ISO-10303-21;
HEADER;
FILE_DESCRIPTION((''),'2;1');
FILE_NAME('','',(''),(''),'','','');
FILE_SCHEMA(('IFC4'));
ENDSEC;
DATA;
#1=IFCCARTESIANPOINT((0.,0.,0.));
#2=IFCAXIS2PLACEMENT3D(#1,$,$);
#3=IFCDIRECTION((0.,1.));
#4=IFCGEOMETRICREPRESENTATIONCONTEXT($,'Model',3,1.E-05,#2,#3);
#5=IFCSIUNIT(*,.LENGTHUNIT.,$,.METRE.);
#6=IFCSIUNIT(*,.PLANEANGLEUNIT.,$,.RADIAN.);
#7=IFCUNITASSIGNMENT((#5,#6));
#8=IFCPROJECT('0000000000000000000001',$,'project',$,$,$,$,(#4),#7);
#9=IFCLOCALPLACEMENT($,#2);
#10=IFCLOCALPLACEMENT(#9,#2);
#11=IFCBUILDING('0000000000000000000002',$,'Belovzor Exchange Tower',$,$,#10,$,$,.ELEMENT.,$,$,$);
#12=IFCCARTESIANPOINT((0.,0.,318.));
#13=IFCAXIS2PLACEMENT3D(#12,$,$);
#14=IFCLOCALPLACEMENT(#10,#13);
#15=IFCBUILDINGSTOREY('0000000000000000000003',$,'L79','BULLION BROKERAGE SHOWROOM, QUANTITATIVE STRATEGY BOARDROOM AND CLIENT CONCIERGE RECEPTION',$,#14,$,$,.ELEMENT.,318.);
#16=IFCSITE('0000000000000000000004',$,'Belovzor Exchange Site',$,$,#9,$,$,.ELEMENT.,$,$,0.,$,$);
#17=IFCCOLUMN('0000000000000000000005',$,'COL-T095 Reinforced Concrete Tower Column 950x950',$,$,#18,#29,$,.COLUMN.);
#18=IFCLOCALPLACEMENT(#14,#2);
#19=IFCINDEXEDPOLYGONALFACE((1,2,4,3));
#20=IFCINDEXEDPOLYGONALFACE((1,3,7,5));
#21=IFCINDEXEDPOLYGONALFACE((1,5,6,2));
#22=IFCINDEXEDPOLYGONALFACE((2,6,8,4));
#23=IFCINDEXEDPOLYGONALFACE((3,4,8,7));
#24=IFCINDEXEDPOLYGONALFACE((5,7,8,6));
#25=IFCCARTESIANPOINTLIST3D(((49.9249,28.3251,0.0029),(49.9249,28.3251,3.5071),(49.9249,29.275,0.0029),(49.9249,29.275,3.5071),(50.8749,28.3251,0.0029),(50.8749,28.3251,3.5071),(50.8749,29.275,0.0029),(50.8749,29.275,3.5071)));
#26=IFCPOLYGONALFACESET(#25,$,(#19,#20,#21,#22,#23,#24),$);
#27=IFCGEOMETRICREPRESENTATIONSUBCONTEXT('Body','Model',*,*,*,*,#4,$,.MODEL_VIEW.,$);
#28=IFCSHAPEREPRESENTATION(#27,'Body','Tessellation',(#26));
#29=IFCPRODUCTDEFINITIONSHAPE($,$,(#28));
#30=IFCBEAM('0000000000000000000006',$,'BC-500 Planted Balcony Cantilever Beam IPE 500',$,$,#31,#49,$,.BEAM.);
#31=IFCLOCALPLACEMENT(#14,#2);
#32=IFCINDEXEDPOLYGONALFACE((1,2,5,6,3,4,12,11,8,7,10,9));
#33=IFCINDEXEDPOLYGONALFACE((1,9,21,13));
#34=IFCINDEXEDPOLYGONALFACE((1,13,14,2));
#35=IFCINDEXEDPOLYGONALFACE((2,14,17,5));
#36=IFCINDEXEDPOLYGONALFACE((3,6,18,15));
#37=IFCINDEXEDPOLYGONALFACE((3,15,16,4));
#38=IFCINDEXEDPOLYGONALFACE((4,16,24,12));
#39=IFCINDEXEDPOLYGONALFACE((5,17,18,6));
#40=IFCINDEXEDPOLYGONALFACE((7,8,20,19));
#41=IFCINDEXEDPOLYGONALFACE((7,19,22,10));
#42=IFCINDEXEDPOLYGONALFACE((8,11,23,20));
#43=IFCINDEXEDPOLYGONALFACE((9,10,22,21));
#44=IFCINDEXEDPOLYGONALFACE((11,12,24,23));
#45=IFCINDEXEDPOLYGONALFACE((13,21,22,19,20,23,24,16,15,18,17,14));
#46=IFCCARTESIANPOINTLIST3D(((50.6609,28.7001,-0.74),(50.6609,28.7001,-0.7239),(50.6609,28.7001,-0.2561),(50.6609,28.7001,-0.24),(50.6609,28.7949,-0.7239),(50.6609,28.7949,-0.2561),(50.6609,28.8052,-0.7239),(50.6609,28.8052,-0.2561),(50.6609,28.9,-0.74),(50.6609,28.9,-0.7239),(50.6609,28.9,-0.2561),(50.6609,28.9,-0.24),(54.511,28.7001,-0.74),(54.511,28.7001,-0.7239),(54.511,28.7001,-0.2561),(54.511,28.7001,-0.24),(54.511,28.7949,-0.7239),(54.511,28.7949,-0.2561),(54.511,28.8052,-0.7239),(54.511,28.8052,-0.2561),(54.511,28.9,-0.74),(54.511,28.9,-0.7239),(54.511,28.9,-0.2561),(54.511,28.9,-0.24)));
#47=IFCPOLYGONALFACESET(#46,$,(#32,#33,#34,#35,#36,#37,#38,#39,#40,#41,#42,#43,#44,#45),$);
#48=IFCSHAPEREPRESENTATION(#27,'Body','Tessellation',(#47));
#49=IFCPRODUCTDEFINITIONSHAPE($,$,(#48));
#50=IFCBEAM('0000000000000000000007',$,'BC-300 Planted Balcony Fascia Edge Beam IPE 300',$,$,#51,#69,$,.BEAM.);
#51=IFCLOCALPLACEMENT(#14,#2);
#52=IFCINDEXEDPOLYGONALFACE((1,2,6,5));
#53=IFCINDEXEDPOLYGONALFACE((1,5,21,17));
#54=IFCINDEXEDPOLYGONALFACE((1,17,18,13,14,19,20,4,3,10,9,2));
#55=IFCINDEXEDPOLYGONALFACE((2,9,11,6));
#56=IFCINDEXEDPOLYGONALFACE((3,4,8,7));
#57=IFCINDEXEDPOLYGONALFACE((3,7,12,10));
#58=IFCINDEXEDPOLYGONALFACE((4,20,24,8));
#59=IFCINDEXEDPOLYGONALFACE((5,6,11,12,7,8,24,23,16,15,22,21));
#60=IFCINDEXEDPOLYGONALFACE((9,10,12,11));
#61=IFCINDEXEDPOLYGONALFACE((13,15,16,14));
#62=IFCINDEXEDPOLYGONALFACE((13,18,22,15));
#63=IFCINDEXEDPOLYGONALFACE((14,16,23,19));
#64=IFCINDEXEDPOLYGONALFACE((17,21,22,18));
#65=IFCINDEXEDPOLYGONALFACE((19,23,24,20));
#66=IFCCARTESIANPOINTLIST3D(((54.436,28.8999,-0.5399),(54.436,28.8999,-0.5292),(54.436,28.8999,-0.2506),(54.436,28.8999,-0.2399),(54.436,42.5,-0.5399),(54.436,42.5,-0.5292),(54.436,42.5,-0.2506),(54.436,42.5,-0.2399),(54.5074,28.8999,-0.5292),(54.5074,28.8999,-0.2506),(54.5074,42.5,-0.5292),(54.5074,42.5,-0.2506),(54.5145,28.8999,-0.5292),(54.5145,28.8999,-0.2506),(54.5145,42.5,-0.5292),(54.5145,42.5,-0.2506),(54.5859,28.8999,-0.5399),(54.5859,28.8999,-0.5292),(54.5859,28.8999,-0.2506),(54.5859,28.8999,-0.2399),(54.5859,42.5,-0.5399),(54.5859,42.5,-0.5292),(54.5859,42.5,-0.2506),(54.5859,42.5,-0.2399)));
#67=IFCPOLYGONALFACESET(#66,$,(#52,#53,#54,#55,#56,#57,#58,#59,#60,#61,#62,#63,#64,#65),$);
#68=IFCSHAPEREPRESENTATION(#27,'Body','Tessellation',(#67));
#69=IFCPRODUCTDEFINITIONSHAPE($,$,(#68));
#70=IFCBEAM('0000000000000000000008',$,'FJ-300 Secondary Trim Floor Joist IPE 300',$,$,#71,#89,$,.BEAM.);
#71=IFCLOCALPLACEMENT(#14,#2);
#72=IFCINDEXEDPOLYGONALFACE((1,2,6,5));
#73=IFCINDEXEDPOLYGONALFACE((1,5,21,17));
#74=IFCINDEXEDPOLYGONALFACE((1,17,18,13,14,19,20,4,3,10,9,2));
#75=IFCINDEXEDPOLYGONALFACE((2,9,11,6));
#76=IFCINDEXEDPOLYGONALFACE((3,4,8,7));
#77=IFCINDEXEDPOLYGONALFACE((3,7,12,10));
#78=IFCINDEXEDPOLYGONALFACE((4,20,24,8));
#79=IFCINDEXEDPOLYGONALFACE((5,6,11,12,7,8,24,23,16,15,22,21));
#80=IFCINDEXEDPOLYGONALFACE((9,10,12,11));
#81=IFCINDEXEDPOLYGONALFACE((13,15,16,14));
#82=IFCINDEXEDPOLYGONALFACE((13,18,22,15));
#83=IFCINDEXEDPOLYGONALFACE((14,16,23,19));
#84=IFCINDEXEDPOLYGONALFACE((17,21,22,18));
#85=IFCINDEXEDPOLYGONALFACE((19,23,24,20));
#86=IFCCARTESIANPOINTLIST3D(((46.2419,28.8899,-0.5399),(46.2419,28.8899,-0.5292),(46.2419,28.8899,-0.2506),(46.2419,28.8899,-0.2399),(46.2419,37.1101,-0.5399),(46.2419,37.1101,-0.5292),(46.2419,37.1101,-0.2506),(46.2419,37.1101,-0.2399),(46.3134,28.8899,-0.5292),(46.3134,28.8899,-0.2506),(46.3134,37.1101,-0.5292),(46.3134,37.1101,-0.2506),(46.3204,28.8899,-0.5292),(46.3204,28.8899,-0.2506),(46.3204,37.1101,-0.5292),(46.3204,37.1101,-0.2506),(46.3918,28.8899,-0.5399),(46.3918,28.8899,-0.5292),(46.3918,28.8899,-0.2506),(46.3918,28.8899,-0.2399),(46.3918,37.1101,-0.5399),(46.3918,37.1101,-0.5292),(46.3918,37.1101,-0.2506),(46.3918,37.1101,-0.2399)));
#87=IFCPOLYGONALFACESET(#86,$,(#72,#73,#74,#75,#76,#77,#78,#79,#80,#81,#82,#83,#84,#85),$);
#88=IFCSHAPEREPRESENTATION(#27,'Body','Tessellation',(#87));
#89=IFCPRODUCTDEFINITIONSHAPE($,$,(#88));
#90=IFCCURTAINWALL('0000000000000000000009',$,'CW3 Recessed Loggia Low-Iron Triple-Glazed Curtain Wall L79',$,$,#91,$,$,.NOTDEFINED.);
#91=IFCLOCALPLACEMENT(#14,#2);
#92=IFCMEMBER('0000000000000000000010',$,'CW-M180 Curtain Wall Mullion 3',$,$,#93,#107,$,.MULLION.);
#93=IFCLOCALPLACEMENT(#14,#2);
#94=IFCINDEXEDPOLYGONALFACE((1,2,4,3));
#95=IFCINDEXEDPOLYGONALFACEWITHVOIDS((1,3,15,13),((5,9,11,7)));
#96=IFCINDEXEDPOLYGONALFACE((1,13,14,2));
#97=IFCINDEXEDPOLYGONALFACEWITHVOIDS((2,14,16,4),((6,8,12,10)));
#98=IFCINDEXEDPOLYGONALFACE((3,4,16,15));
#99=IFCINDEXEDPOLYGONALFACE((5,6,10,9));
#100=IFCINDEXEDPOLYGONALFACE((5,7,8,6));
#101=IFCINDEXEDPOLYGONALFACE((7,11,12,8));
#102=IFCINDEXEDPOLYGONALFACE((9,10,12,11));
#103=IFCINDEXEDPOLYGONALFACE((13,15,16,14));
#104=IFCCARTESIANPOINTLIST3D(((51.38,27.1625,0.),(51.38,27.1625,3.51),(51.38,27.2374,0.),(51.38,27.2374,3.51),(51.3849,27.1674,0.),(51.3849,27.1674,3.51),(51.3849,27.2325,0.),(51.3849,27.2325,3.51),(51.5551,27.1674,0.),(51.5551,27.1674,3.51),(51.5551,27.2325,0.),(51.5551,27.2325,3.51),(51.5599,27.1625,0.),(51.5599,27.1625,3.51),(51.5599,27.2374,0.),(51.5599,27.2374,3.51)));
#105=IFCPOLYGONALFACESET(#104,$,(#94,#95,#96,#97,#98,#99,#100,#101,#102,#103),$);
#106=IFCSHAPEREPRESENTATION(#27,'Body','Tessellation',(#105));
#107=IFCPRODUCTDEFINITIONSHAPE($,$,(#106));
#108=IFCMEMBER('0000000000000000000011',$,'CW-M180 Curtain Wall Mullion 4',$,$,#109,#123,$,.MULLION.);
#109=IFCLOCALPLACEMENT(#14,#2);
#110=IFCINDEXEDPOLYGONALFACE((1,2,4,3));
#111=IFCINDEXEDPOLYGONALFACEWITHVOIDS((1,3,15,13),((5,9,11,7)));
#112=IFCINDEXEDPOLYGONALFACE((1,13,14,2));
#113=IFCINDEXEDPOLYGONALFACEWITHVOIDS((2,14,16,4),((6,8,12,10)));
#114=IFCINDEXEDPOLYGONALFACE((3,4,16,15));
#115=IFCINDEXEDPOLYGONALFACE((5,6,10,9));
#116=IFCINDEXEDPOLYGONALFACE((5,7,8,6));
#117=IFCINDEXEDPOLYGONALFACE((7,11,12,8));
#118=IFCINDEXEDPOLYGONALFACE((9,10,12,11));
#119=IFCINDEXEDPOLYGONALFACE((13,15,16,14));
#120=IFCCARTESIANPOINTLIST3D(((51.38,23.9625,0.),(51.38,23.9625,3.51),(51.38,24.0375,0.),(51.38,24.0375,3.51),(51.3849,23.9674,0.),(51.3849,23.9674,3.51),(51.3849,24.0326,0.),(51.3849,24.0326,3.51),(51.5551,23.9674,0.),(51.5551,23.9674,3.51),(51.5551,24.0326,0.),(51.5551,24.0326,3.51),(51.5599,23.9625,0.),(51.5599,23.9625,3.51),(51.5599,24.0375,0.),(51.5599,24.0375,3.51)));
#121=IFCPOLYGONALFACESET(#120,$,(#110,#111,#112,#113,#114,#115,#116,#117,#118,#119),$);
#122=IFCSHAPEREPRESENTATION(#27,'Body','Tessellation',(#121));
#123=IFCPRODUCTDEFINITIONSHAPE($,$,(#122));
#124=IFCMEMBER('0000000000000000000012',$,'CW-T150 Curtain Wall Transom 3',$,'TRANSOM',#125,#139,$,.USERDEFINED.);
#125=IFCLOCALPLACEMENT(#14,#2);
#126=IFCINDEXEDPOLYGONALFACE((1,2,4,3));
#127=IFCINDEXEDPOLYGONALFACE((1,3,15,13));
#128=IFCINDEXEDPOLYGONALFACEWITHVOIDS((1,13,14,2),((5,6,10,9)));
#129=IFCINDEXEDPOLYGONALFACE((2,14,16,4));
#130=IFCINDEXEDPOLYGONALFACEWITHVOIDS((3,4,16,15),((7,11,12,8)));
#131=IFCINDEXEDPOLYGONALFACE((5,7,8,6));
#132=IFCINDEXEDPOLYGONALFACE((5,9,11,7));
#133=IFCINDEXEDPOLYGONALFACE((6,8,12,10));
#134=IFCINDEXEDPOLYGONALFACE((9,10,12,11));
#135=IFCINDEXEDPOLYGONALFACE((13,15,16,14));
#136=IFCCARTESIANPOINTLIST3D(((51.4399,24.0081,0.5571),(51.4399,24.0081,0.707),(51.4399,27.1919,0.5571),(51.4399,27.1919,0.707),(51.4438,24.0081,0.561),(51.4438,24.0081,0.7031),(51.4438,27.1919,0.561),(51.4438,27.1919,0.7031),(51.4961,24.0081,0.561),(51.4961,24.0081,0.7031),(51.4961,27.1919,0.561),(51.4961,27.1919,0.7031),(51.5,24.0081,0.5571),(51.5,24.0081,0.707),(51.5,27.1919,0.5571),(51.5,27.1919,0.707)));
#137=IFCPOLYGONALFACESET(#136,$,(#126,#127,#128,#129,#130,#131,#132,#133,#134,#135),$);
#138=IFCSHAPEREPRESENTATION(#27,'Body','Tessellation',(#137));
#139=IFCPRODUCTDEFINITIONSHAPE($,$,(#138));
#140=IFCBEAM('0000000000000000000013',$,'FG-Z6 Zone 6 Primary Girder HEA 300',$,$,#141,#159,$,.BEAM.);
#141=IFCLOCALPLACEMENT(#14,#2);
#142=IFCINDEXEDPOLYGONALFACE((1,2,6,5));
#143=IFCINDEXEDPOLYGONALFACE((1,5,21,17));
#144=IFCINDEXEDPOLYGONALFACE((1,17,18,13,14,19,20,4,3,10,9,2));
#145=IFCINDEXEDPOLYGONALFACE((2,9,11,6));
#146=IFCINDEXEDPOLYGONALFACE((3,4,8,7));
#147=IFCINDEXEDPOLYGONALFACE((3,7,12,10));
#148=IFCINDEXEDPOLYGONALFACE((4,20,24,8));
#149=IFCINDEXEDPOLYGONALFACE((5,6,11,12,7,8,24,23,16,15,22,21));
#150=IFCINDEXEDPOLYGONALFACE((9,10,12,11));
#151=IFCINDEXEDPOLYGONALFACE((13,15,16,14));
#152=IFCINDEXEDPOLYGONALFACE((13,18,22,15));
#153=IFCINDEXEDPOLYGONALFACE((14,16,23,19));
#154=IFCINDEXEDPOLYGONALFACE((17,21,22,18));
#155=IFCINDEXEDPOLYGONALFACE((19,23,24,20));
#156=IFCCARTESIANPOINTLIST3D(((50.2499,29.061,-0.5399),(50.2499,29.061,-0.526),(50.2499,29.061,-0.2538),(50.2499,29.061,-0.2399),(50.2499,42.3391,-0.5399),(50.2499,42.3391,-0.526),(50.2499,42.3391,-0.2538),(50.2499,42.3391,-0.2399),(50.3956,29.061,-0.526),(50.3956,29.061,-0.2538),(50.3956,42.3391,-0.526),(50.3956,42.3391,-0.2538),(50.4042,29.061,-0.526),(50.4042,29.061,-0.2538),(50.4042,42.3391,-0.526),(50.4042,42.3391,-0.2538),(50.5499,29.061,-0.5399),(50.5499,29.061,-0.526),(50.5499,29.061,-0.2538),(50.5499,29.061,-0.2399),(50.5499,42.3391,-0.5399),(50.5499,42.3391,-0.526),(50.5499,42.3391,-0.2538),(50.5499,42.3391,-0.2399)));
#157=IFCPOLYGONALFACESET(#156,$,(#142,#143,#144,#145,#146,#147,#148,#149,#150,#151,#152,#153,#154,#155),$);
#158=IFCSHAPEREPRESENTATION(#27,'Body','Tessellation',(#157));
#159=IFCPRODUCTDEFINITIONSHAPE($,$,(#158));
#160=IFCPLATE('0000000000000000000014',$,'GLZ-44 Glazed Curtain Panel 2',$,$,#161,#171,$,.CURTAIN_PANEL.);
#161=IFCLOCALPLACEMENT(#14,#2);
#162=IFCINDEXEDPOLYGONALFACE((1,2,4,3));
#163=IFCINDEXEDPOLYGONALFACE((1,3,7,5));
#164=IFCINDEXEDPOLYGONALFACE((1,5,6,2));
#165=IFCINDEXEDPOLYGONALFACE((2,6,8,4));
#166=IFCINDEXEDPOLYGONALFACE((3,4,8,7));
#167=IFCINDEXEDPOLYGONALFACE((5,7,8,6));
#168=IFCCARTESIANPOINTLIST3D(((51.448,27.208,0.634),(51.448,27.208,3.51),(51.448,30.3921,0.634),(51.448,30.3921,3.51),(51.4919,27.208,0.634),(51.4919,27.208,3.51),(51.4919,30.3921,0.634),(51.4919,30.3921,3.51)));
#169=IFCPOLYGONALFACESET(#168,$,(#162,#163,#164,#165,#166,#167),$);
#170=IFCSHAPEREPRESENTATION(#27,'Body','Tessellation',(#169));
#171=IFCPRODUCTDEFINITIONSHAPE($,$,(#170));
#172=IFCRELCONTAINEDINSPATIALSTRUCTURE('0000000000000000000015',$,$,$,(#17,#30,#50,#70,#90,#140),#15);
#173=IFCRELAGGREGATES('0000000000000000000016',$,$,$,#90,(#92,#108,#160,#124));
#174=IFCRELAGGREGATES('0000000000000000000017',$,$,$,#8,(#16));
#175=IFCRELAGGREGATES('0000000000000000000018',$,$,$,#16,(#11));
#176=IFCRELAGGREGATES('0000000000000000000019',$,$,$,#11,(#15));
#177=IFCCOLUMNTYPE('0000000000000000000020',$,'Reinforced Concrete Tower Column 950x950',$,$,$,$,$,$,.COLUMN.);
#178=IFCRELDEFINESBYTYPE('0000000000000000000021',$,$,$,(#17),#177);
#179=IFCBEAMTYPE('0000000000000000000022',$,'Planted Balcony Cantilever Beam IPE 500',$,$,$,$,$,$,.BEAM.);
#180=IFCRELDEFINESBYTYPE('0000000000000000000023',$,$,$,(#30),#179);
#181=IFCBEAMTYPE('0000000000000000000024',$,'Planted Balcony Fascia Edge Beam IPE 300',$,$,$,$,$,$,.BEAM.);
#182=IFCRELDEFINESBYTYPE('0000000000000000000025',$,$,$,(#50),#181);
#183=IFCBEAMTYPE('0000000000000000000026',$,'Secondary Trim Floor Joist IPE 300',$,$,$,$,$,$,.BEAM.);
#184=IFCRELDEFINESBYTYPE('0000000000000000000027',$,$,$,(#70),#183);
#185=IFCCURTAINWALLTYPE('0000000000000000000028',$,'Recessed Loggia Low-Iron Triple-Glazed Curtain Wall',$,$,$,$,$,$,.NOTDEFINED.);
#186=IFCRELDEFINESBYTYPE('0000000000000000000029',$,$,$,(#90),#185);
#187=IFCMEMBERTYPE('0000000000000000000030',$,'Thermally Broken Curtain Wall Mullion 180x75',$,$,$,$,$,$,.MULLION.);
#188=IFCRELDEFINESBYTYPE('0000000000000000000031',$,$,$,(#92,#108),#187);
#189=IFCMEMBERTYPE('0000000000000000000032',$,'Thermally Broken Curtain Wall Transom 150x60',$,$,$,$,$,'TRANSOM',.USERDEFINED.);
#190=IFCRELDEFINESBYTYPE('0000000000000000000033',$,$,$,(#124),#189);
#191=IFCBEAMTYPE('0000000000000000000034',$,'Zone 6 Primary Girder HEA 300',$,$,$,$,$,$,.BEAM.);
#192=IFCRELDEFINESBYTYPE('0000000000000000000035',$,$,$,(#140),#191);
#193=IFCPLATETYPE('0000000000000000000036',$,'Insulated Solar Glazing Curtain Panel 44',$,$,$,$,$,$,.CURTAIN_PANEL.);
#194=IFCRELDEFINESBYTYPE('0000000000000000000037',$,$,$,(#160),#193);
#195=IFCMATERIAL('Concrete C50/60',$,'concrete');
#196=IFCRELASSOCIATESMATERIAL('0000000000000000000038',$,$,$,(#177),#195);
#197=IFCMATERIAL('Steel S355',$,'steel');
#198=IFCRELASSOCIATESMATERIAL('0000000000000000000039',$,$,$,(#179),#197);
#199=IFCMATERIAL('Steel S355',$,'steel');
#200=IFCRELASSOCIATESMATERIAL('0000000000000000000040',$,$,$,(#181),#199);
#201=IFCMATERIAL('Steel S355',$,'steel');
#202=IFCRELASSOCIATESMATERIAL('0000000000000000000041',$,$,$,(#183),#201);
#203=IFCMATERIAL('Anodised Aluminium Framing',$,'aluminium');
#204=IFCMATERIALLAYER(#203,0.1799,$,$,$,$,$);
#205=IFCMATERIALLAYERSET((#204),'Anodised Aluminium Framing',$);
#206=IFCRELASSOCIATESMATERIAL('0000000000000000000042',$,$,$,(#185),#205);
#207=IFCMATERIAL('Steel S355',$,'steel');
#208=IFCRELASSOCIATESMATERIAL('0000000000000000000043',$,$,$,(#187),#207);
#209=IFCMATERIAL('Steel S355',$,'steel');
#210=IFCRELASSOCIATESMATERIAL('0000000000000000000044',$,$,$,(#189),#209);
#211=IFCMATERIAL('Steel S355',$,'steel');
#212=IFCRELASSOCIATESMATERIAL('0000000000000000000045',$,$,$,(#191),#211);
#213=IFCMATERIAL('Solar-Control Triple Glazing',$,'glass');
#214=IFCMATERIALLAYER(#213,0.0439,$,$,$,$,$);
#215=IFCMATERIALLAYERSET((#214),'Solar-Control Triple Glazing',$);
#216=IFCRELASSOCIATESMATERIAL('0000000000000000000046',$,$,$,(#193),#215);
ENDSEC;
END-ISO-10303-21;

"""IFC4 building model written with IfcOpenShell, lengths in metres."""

from ifc_helpers import new_model, si_unit, direction, frame, origin, origin_2d, place, context, subcontext, project, spatial, rectangle, hollow_rectangle, i_section, extrude, material, layer, layer_set, material_profile, profile_set, type_object, element, aggregate, save


model = new_model("IFC4")

# Units and contexts
model_context = context("Model", 3, precision=1e-05, world=origin(), true_north=direction((0.0, 1.0)))
body_context = subcontext(model_context, "Body", "Model", "MODEL_VIEW")
ifc_project = project(units=[si_unit("LENGTHUNIT", "METRE"), si_unit("PLANEANGLEUNIT", "RADIAN")], contexts=[model_context])

# Site, building, storey
site_placement = place(None, origin())
site = spatial("IfcSite", under=ifc_project, at=site_placement, Name="Belovzor Exchange Site", CompositionType="ELEMENT", RefElevation=0.0)
building_placement = place(site_placement, origin())
building = spatial("IfcBuilding", under=site, at=building_placement, Name="Belovzor Exchange Tower", CompositionType="ELEMENT")
storey_placement = place(building_placement, frame((0.0, 0.0, 318.0)))
storey = spatial("IfcBuildingStorey", under=building, at=storey_placement, Name="L79", Description="BULLION BROKERAGE SHOWROOM, QUANTITATIVE STRATEGY BOARDROOM AND CLIENT CONCIERGE RECEPTION", CompositionType="ELEMENT", Elevation=318.0)

# Column
ifc_material_1 = material(Name="Concrete C50/60", Category="concrete")
ifc_material_profile_1 = material_profile(ifc_material_1, rectangle(XDim=0.95, YDim=0.95, at=origin_2d()))
ifc_profile_set_1 = profile_set([ifc_material_profile_1], Name="Concrete C50/60")
column_type = type_object("IfcColumnType", Name="Reinforced Concrete Tower Column 950x950", PredefinedType="COLUMN", material=ifc_profile_set_1)
column_placement = place(storey_placement, frame((50.3999, 28.8, 0.0029), z_axis=(0.0, 0.0, 1.0), x_axis=(1.0, 0.0, 0.0)))
element("IfcColumn", 1, at=column_placement, inside=storey, type_object=column_type, Name="COL-T095 Reinforced Concrete Tower Column 950x950", PredefinedType="COLUMN", context=body_context, shape_type="SweptSolid", body=[
    extrude(rectangle(XDim=0.95, YDim=0.95, at=origin_2d()), origin(), (0.0, 0.0, 1.0), 3.5042),
])

# Beams
ifc_material_2 = material(Name="Steel S355", Category="steel")
ifc_material_profile_2 = material_profile(ifc_material_2, i_section(OverallWidth=0.2, OverallDepth=0.5, WebThickness=0.0103, FlangeThickness=0.0161, at=origin_2d()))
ifc_profile_set_2 = profile_set([ifc_material_profile_2], Name="Steel S355")
beam_type_1 = type_object("IfcBeamType", Name="Planted Balcony Cantilever Beam IPE 500", PredefinedType="BEAM", material=ifc_profile_set_2)
beam_1_placement = place(storey_placement, frame((50.6609, 28.8, -0.49), z_axis=(1.0, 0.0, 0.0), x_axis=(0.0, 1.0, 0.0)))
element("IfcBeam", 2, at=beam_1_placement, inside=storey, type_object=beam_type_1, Name="BC-500 Planted Balcony Cantilever Beam IPE 500", PredefinedType="BEAM", context=body_context, shape_type="SweptSolid", body=[
    extrude(i_section(OverallWidth=0.2, OverallDepth=0.5, WebThickness=0.0103, FlangeThickness=0.0161, at=origin_2d()), origin(), (0.0, 0.0, 1.0), 3.8501),
])
ifc_material_3 = material(Name="Steel S355", Category="steel")
ifc_material_profile_3 = material_profile(ifc_material_3, i_section(OverallWidth=0.1499, OverallDepth=0.3, WebThickness=0.0071, FlangeThickness=0.0107, at=origin_2d()))
ifc_profile_set_3 = profile_set([ifc_material_profile_3], Name="Steel S355")
beam_type_2 = type_object("IfcBeamType", Name="Planted Balcony Fascia Edge Beam IPE 300", PredefinedType="BEAM", material=ifc_profile_set_3)
beam_2_placement = place(storey_placement, frame((54.511, 28.8999, -0.3899), z_axis=(0.0, 1.0, 0.0), x_axis=(-1.0, 0.0, 0.0)))
element("IfcBeam", 3, at=beam_2_placement, inside=storey, type_object=beam_type_2, Name="BC-300 Planted Balcony Fascia Edge Beam IPE 300", PredefinedType="BEAM", context=body_context, shape_type="SweptSolid", body=[
    extrude(i_section(OverallWidth=0.1499, OverallDepth=0.3, WebThickness=0.0071, FlangeThickness=0.0107, at=origin_2d()), origin(), (0.0, 0.0, 1.0), 13.6001),
])
ifc_material_4 = material(Name="Steel S355", Category="steel")
ifc_material_profile_4 = material_profile(ifc_material_4, i_section(OverallWidth=0.1499, OverallDepth=0.3, WebThickness=0.0071, FlangeThickness=0.0107, at=origin_2d()))
ifc_profile_set_4 = profile_set([ifc_material_profile_4], Name="Steel S355")
beam_type_3 = type_object("IfcBeamType", Name="Secondary Trim Floor Joist IPE 300", PredefinedType="BEAM", material=ifc_profile_set_4)
beam_3_placement = place(storey_placement, frame((46.3169, 28.8899, -0.3899), z_axis=(0.0, 1.0, 0.0), x_axis=(-1.0, 0.0, 0.0)))
element("IfcBeam", 4, at=beam_3_placement, inside=storey, type_object=beam_type_3, Name="FJ-300 Secondary Trim Floor Joist IPE 300", PredefinedType="BEAM", context=body_context, shape_type="SweptSolid", body=[
    extrude(i_section(OverallWidth=0.1499, OverallDepth=0.3, WebThickness=0.0071, FlangeThickness=0.0107, at=origin_2d()), origin(), (0.0, 0.0, 1.0), 8.2202),
])

# Curtain wall, members
ifc_material_5 = material(Name="Anodised Aluminium Framing", Category="aluminium")
ifc_layer_1 = layer(ifc_material_5, 0.1799)
ifc_layer_set_1 = layer_set([ifc_layer_1], Name="Anodised Aluminium Framing")
curtain_wall_type = type_object("IfcCurtainWallType", Name="Recessed Loggia Low-Iron Triple-Glazed Curtain Wall", PredefinedType="NOTDEFINED", material=ifc_layer_set_1)
curtain_wall_placement = place(storey_placement, origin())
curtain_wall = element("IfcCurtainWall", 5, at=curtain_wall_placement, inside=storey, type_object=curtain_wall_type, Name="CW3 Recessed Loggia Low-Iron Triple-Glazed Curtain Wall L79", PredefinedType="NOTDEFINED")
ifc_material_6 = material(Name="Steel S355", Category="steel")
ifc_material_profile_5 = material_profile(ifc_material_6, hollow_rectangle(XDim=0.075, YDim=0.1799, WallThickness=0.0049, at=origin_2d()))
ifc_profile_set_5 = profile_set([ifc_material_profile_5], Name="Steel S355")
member_type_1 = type_object("IfcMemberType", Name="Thermally Broken Curtain Wall Mullion 180x75", PredefinedType="MULLION", material=ifc_profile_set_5)
member_1_placement = place(storey_placement, frame((51.47, 27.2, 0.0), z_axis=(0.0, 0.0, 1.0), x_axis=(0.0, -1.0, 0.0)))
member_1 = element("IfcMember", 6, at=member_1_placement, type_object=member_type_1, Name="CW-M180 Curtain Wall Mullion 3", PredefinedType="MULLION", context=body_context, shape_type="SweptSolid", body=[
    extrude(hollow_rectangle(XDim=0.075, YDim=0.1799, WallThickness=0.0049, at=origin_2d()), origin(), (0.0, 0.0, 1.0), 3.51),
])
member_2_placement = place(storey_placement, frame((51.47, 24.0, 0.0), z_axis=(0.0, 0.0, 1.0), x_axis=(0.0, -1.0, 0.0)))
member_2 = element("IfcMember", 7, at=member_2_placement, type_object=member_type_1, Name="CW-M180 Curtain Wall Mullion 4", PredefinedType="MULLION", context=body_context, shape_type="SweptSolid", body=[
    extrude(hollow_rectangle(XDim=0.075, YDim=0.1799, WallThickness=0.0049, at=origin_2d()), origin(), (0.0, 0.0, 1.0), 3.51),
])
ifc_material_7 = material(Name="Steel S355", Category="steel")
ifc_material_profile_6 = material_profile(ifc_material_7, hollow_rectangle(XDim=0.0601, YDim=0.1499, WallThickness=0.0039, at=origin_2d()))
ifc_profile_set_6 = profile_set([ifc_material_profile_6], Name="Steel S355")
member_type_2 = type_object("IfcMemberType", Name="Thermally Broken Curtain Wall Transom 150x60", ElementType="TRANSOM", PredefinedType="USERDEFINED", material=ifc_profile_set_6)
member_3_placement = place(storey_placement, frame((51.47, 27.1919, 0.6321), z_axis=(0.0, -1.0, 0.0), x_axis=(1.0, 0.0, 0.0)))
member_3 = element("IfcMember", 8, at=member_3_placement, type_object=member_type_2, Name="CW-T150 Curtain Wall Transom 3", ObjectType="TRANSOM", PredefinedType="USERDEFINED", context=body_context, shape_type="SweptSolid", body=[
    extrude(hollow_rectangle(XDim=0.0601, YDim=0.1499, WallThickness=0.0039, at=origin_2d()), origin(), (0.0, 0.0, 1.0), 3.1838),
])

# Beam
ifc_material_8 = material(Name="Steel S355", Category="steel")
ifc_material_profile_7 = material_profile(ifc_material_8, i_section(OverallWidth=0.3, OverallDepth=0.3, WebThickness=0.0085, FlangeThickness=0.0139, at=origin_2d()))
ifc_profile_set_7 = profile_set([ifc_material_profile_7], Name="Steel S355")
beam_type_4 = type_object("IfcBeamType", Name="Zone 6 Primary Girder HEA 300", PredefinedType="BEAM", material=ifc_profile_set_7)
beam_4_placement = place(storey_placement, frame((50.3999, 29.061, -0.3899), z_axis=(0.0, 1.0, 0.0), x_axis=(-1.0, 0.0, 0.0)))
element("IfcBeam", 9, at=beam_4_placement, inside=storey, type_object=beam_type_4, Name="FG-Z6 Zone 6 Primary Girder HEA 300", PredefinedType="BEAM", context=body_context, shape_type="SweptSolid", body=[
    extrude(i_section(OverallWidth=0.3, OverallDepth=0.3, WebThickness=0.0085, FlangeThickness=0.0139, at=origin_2d()), origin(), (0.0, 0.0, 1.0), 13.2781),
])

# Plate
ifc_material_9 = material(Name="Solar-Control Triple Glazing", Category="glass")
ifc_layer_2 = layer(ifc_material_9, 0.0439)
ifc_layer_set_2 = layer_set([ifc_layer_2], Name="Solar-Control Triple Glazing")
plate_type_1 = type_object("IfcPlateType", Name="Insulated Solar Glazing Curtain Panel 44", PredefinedType="CURTAIN_PANEL", material=ifc_layer_set_2)
plate_1_placement = place(storey_placement, frame((51.47, 28.8, 0.634), z_axis=(0.0, 0.0, 1.0), x_axis=(0.0, -1.0, 0.0)))
plate_1 = element("IfcPlate", 10, at=plate_1_placement, type_object=plate_type_1, Name="GLZ-44 Glazed Curtain Panel 2", PredefinedType="CURTAIN_PANEL", context=body_context, shape_type="SweptSolid", body=[
    extrude(rectangle(XDim=3.1841, YDim=0.0439, at=origin_2d()), origin(), (0.0, 0.0, 1.0), 2.876),
])
aggregate(curtain_wall, [member_1, member_2, plate_1, member_3])

save(model, "model.ifc")
